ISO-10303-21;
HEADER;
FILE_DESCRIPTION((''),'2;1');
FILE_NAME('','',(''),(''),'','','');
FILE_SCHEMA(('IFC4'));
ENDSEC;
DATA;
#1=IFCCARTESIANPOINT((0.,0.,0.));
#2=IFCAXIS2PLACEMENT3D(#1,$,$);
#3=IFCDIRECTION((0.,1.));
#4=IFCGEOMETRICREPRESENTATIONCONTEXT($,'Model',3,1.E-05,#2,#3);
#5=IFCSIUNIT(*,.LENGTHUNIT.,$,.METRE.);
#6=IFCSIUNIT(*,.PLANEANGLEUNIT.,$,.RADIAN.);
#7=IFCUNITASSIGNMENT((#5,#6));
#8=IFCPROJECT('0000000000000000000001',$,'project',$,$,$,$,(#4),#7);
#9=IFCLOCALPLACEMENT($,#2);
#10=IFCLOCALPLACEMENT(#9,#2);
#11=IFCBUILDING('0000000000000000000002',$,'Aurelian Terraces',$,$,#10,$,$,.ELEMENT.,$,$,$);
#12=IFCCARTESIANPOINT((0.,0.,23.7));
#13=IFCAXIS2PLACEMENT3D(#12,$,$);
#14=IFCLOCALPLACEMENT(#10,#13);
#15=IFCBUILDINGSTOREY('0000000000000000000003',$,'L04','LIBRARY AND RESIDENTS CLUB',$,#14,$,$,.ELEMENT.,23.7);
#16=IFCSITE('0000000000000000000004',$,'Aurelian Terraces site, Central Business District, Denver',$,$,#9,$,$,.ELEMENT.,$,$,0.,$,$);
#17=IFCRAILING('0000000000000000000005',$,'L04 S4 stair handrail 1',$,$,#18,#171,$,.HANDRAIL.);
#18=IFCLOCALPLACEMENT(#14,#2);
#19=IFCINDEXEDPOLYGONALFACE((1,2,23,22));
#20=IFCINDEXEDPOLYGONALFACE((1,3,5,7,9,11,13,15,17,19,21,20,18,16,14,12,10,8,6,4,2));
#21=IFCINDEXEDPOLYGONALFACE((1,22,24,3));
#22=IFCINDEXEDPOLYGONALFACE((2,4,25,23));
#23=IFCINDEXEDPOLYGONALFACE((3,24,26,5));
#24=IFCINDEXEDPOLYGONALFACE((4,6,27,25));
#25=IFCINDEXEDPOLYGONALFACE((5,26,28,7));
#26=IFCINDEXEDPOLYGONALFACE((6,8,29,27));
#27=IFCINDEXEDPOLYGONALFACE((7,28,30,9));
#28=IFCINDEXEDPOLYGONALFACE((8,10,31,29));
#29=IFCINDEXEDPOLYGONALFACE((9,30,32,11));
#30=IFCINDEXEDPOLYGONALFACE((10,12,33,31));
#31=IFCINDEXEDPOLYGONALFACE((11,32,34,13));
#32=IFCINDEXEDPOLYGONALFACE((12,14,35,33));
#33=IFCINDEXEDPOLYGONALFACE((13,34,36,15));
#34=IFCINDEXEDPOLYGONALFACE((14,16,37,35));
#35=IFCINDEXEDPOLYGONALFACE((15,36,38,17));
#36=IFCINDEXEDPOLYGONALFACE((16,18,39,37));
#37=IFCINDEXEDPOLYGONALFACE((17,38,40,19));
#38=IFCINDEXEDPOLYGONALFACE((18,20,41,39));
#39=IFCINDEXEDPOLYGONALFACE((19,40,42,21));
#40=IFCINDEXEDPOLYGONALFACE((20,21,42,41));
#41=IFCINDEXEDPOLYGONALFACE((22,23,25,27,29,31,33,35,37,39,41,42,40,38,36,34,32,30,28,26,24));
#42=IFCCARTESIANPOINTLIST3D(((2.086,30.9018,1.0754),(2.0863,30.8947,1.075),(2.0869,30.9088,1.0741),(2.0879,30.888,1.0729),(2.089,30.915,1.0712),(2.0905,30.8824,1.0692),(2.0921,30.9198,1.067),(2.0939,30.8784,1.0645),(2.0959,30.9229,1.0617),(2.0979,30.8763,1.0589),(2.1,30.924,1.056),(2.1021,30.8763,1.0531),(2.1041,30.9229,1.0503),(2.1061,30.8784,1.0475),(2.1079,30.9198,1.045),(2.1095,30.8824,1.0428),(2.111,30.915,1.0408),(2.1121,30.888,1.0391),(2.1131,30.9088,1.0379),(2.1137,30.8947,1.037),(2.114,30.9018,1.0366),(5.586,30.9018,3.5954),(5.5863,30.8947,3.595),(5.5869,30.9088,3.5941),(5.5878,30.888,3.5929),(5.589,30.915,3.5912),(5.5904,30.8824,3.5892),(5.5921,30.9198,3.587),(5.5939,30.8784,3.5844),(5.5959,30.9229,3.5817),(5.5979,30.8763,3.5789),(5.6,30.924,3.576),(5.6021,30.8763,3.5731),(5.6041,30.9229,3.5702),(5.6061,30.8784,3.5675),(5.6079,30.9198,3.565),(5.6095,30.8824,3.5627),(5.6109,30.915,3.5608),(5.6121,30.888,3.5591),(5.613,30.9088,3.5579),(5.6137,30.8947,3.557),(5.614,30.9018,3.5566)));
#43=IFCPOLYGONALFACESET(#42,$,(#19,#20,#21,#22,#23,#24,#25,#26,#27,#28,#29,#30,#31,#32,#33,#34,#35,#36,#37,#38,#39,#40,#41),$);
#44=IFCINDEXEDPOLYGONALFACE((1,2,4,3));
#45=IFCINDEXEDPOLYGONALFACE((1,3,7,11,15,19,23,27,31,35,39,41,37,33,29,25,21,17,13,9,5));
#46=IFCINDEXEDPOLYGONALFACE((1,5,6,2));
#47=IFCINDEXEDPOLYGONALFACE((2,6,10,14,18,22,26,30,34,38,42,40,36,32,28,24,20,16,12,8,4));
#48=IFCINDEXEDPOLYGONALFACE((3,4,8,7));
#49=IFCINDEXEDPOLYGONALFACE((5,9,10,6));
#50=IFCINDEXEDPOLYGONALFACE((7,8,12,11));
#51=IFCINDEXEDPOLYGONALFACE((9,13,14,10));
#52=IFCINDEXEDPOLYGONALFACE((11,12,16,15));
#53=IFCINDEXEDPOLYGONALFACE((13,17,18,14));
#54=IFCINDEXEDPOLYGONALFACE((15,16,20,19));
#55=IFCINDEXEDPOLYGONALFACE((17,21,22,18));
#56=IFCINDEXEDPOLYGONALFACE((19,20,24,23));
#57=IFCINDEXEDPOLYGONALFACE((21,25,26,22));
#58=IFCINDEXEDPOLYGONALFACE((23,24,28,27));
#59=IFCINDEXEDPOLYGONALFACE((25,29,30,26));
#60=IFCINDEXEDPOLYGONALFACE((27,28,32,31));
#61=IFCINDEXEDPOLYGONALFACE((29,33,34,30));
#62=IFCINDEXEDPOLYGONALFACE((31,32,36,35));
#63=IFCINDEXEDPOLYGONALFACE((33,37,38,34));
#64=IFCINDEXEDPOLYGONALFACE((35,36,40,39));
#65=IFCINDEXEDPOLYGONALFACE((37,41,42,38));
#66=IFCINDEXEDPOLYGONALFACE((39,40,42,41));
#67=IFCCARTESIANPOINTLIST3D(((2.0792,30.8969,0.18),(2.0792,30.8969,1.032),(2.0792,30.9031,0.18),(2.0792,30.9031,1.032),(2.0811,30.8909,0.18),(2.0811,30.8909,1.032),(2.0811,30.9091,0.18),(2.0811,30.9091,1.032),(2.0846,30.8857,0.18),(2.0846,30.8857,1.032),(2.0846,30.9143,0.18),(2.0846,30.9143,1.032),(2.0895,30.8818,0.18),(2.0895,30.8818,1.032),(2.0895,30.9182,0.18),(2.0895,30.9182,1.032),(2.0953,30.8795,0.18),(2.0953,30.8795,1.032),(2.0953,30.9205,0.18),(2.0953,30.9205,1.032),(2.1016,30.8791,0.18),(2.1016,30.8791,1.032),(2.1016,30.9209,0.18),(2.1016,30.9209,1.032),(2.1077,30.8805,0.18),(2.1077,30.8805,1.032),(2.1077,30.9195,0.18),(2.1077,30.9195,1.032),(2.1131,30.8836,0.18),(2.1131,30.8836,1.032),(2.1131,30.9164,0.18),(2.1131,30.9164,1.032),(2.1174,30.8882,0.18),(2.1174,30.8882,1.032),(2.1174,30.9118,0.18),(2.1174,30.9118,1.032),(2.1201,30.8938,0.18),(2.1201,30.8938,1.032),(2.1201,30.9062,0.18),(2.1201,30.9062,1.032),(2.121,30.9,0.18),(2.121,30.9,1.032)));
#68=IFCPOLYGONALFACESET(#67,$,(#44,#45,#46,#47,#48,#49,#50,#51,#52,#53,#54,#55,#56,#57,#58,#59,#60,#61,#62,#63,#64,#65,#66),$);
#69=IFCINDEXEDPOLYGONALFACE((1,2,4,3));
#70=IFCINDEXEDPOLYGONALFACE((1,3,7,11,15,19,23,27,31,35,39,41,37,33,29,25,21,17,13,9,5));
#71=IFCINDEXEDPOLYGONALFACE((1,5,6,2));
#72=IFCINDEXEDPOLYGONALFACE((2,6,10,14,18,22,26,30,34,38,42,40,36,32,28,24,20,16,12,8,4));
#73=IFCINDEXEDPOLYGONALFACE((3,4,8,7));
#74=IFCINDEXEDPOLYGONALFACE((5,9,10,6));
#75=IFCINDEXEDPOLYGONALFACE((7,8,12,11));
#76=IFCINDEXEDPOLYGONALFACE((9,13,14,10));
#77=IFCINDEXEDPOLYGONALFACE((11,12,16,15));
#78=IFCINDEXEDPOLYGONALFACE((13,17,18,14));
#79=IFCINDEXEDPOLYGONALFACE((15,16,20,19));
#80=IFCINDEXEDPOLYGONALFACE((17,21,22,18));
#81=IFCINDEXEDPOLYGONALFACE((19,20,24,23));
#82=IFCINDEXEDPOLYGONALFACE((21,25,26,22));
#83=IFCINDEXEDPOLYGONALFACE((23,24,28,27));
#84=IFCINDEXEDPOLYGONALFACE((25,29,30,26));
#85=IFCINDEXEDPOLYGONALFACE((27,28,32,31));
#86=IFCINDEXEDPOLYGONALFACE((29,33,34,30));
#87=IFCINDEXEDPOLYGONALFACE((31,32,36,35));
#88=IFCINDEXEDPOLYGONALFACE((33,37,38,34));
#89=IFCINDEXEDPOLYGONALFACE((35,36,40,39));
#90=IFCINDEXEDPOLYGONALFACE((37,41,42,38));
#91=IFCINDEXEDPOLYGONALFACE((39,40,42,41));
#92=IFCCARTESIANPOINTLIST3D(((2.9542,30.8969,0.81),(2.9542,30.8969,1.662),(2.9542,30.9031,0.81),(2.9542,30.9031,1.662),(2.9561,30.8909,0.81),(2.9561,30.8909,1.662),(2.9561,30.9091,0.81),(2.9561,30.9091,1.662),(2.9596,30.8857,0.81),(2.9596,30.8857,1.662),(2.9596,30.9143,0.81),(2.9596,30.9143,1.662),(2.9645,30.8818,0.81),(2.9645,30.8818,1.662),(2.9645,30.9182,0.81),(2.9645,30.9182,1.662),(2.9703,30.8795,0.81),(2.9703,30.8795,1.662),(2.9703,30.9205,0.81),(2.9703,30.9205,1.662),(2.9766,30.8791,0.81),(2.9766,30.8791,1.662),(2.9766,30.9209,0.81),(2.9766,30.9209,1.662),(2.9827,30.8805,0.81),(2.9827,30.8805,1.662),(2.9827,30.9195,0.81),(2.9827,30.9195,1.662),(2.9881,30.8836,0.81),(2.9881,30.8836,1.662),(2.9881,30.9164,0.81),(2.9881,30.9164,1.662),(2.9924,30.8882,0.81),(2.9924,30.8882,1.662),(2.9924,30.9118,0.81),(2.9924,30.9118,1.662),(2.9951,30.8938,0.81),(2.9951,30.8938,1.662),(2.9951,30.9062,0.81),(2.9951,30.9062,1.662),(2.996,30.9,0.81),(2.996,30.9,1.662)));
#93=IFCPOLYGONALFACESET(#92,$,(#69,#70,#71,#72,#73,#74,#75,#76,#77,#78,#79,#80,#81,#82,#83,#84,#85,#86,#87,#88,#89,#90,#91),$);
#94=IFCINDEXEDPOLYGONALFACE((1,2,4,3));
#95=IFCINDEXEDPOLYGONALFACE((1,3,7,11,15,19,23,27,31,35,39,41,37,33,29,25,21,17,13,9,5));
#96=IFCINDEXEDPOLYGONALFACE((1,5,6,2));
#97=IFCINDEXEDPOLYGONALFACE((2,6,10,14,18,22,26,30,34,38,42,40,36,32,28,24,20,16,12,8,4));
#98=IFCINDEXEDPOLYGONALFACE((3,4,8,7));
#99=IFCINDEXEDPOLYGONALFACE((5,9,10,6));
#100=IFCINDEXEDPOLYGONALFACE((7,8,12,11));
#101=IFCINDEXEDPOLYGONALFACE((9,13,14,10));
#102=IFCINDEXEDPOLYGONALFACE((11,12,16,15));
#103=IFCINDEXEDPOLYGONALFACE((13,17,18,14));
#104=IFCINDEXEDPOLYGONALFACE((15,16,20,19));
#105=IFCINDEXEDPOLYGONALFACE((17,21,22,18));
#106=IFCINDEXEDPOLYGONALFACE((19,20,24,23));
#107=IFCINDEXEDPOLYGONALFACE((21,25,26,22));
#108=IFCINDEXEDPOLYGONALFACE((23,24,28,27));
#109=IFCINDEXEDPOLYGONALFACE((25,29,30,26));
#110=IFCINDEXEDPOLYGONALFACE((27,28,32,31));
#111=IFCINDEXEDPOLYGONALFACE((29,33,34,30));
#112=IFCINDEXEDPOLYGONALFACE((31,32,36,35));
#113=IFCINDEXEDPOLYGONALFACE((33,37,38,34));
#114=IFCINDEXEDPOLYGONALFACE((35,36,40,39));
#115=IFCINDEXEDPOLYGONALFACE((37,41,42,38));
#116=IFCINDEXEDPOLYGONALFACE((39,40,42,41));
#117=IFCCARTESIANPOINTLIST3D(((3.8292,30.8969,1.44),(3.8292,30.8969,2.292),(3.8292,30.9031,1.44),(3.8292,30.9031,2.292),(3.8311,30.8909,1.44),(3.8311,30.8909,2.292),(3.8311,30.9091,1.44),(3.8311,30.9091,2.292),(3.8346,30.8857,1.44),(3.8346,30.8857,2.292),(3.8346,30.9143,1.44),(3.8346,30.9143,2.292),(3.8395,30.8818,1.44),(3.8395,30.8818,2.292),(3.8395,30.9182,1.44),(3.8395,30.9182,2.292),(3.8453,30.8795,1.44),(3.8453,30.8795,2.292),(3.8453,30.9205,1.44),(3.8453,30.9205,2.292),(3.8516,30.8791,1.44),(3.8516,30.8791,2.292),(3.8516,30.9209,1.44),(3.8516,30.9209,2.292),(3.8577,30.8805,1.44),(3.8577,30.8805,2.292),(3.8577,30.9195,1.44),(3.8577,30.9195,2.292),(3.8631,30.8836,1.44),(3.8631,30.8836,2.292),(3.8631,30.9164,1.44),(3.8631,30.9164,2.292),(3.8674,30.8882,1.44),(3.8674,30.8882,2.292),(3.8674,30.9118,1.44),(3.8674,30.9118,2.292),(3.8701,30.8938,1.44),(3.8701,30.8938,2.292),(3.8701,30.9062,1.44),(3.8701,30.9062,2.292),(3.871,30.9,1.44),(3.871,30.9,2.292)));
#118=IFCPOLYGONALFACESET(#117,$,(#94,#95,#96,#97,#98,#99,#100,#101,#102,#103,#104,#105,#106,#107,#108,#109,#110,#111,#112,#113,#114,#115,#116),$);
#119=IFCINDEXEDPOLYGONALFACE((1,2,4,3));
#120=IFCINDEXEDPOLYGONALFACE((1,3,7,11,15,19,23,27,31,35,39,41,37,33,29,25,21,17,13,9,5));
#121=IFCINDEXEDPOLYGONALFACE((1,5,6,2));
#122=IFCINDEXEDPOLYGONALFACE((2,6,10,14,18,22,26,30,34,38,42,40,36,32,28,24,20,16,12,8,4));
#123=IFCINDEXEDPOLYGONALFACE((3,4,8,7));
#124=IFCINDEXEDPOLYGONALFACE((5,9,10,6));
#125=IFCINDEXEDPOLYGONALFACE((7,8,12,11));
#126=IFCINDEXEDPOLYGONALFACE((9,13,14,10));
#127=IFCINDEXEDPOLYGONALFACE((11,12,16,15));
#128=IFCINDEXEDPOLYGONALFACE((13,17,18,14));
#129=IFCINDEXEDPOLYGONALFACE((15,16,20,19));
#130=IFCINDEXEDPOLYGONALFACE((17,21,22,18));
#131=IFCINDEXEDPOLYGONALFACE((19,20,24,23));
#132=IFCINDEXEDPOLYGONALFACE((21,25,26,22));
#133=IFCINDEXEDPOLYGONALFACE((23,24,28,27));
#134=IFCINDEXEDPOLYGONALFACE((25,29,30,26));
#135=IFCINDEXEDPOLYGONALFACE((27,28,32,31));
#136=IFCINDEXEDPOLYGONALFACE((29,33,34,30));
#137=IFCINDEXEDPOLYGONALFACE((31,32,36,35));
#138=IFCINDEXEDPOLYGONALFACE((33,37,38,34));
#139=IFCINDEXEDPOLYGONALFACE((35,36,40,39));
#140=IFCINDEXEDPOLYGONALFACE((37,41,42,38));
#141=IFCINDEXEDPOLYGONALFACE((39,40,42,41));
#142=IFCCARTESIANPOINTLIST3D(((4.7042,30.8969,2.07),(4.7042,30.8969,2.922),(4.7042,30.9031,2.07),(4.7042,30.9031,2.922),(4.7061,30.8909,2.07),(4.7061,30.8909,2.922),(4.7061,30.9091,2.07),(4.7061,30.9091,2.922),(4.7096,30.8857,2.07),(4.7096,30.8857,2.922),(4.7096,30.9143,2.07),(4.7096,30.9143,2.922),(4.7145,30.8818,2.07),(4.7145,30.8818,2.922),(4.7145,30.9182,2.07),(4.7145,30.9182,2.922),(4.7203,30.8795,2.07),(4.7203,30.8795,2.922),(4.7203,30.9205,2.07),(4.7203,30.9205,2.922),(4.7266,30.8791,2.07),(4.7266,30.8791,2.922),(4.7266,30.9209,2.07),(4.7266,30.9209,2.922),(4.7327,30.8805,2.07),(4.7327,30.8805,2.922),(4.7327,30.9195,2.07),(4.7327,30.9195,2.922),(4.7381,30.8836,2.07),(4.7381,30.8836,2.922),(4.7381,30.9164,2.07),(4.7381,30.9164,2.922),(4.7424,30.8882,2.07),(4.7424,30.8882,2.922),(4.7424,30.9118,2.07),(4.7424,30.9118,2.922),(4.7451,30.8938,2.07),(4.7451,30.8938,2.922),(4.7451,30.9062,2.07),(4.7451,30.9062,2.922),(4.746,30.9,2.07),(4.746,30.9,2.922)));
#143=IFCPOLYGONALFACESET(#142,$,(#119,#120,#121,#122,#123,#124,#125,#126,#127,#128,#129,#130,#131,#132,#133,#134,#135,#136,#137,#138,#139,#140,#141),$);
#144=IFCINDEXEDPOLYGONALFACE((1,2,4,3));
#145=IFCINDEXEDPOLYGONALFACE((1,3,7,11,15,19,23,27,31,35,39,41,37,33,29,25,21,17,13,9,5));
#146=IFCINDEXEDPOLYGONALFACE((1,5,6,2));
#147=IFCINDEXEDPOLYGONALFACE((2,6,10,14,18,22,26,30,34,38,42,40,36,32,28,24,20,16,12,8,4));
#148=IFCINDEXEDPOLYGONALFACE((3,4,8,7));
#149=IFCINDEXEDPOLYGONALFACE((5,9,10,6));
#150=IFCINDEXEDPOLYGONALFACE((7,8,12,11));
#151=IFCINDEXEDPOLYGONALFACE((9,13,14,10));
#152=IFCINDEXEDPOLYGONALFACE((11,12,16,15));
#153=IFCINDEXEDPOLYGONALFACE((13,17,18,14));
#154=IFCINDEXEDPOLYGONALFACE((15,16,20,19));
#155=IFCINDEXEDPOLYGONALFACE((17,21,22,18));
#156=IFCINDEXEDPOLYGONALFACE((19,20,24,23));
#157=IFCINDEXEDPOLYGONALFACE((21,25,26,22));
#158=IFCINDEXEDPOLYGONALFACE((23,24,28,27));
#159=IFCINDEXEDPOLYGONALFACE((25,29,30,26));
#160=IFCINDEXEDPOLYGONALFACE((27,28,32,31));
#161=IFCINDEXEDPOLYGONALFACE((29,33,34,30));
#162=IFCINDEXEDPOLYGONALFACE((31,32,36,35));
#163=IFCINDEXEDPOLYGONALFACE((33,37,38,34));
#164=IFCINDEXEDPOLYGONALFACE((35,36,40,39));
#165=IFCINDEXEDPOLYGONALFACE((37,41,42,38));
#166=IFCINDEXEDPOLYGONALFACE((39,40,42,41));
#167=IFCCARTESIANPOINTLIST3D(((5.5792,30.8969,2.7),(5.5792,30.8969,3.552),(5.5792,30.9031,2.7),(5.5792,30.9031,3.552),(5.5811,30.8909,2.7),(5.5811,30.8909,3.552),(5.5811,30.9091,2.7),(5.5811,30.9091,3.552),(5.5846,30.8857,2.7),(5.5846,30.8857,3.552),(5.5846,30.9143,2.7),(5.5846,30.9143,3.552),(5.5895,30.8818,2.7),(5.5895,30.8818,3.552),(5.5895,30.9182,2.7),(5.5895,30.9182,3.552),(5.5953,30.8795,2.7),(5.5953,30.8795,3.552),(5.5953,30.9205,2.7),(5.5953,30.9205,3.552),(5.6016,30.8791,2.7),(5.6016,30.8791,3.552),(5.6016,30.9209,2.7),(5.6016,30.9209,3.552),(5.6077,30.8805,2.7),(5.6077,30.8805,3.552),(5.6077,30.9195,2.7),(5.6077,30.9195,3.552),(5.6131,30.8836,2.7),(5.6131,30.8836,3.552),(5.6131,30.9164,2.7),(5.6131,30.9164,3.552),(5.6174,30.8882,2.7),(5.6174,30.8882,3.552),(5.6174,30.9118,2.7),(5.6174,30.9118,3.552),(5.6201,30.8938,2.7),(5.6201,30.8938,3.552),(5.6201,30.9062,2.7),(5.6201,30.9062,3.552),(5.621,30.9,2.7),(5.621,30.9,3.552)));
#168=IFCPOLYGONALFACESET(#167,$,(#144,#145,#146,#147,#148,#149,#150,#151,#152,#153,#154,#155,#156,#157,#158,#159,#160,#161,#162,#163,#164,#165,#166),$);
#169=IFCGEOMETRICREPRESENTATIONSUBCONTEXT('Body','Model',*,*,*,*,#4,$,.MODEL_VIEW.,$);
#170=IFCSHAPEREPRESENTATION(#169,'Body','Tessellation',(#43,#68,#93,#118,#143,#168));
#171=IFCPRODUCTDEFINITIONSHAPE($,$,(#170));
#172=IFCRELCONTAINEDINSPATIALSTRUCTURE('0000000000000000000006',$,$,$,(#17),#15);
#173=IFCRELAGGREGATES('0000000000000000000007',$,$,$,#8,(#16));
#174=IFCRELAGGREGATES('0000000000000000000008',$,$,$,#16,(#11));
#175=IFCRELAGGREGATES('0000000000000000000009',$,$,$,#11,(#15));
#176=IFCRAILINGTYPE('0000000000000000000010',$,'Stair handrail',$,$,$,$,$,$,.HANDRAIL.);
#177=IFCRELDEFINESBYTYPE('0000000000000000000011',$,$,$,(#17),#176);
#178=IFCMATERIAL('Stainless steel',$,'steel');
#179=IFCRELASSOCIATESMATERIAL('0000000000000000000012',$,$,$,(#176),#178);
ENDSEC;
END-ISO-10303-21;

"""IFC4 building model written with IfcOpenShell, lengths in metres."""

from ifc_helpers import new_model, si_unit, direction, frame, origin, origin_2d, place, context, subcontext, project, spatial, circle, extrude, source, transform, mapped, material, type_object, element, save


model = new_model("IFC4")

# Units and contexts
model_context = context("Model", 3, precision=1e-05, world=origin(), true_north=direction((0.0, 1.0)))
body_context = subcontext(model_context, "Body", "Model", "MODEL_VIEW")
ifc_project = project(units=[si_unit("LENGTHUNIT", "METRE"), si_unit("PLANEANGLEUNIT", "RADIAN")], contexts=[model_context])

# Site, building, storey
site_placement = place(None, origin())
site = spatial("IfcSite", under=ifc_project, at=site_placement, Name="Aurelian Terraces site, Central Business District, Denver", CompositionType="ELEMENT", RefElevation=0.0)
building_placement = place(site_placement, origin())
building = spatial("IfcBuilding", under=site, at=building_placement, Name="Aurelian Terraces", CompositionType="ELEMENT")
storey_placement = place(building_placement, frame((0.0, 0.0, 23.7)))
storey = spatial("IfcBuildingStorey", under=building, at=storey_placement, Name="L04", Description="LIBRARY AND RESIDENTS CLUB", CompositionType="ELEMENT", Elevation=23.7)

# Railing
ifc_material_1 = material(Name="Stainless steel", Category="steel")
railing_type_1 = type_object("IfcRailingType", Name="Stair handrail", PredefinedType="HANDRAIL", material=ifc_material_1)
shared_shape_1 = source(origin(), body_context, "Body", "SweptSolid", [
    extrude(circle(Radius=0.024, at=origin_2d()), frame((0.0, 0.0, 0.876), z_axis=(0.811534, 0.0, 0.584305), x_axis=(0.0, 1.0, 0.0)), (0.0, 0.0, 1.0), 4.3128),
    extrude(circle(Radius=0.021, at=origin_2d()), origin(), (0.0, 0.0, 1.0), 0.852),
    extrude(circle(Radius=0.021, at=origin_2d()), frame((0.875, 0.0, 0.63)), (0.0, 0.0, 1.0), 0.852),
    extrude(circle(Radius=0.021, at=origin_2d()), frame((1.75, 0.0, 1.26)), (0.0, 0.0, 1.0), 0.852),
    extrude(circle(Radius=0.021, at=origin_2d()), frame((2.625, 0.0, 1.89)), (0.0, 0.0, 1.0), 0.852),
    extrude(circle(Radius=0.021, at=origin_2d()), frame((3.5, 0.0, 2.52)), (0.0, 0.0, 1.0), 0.852),
])
for number, where, name in (
    (1, (2.1, 30.9, 0.18), "L04 S4 stair handrail 1"),
):
    element("IfcRailing", number, at=place(storey_placement, frame(where)), inside=storey, type_object=railing_type_1, Name=name, PredefinedType="HANDRAIL", context=body_context, shape_type="MappedRepresentation", body=[
        mapped(shared_shape_1, transform((0.0, 0.0, 0.0), scale=1.0)),
    ])

save(model, "model.ifc")
